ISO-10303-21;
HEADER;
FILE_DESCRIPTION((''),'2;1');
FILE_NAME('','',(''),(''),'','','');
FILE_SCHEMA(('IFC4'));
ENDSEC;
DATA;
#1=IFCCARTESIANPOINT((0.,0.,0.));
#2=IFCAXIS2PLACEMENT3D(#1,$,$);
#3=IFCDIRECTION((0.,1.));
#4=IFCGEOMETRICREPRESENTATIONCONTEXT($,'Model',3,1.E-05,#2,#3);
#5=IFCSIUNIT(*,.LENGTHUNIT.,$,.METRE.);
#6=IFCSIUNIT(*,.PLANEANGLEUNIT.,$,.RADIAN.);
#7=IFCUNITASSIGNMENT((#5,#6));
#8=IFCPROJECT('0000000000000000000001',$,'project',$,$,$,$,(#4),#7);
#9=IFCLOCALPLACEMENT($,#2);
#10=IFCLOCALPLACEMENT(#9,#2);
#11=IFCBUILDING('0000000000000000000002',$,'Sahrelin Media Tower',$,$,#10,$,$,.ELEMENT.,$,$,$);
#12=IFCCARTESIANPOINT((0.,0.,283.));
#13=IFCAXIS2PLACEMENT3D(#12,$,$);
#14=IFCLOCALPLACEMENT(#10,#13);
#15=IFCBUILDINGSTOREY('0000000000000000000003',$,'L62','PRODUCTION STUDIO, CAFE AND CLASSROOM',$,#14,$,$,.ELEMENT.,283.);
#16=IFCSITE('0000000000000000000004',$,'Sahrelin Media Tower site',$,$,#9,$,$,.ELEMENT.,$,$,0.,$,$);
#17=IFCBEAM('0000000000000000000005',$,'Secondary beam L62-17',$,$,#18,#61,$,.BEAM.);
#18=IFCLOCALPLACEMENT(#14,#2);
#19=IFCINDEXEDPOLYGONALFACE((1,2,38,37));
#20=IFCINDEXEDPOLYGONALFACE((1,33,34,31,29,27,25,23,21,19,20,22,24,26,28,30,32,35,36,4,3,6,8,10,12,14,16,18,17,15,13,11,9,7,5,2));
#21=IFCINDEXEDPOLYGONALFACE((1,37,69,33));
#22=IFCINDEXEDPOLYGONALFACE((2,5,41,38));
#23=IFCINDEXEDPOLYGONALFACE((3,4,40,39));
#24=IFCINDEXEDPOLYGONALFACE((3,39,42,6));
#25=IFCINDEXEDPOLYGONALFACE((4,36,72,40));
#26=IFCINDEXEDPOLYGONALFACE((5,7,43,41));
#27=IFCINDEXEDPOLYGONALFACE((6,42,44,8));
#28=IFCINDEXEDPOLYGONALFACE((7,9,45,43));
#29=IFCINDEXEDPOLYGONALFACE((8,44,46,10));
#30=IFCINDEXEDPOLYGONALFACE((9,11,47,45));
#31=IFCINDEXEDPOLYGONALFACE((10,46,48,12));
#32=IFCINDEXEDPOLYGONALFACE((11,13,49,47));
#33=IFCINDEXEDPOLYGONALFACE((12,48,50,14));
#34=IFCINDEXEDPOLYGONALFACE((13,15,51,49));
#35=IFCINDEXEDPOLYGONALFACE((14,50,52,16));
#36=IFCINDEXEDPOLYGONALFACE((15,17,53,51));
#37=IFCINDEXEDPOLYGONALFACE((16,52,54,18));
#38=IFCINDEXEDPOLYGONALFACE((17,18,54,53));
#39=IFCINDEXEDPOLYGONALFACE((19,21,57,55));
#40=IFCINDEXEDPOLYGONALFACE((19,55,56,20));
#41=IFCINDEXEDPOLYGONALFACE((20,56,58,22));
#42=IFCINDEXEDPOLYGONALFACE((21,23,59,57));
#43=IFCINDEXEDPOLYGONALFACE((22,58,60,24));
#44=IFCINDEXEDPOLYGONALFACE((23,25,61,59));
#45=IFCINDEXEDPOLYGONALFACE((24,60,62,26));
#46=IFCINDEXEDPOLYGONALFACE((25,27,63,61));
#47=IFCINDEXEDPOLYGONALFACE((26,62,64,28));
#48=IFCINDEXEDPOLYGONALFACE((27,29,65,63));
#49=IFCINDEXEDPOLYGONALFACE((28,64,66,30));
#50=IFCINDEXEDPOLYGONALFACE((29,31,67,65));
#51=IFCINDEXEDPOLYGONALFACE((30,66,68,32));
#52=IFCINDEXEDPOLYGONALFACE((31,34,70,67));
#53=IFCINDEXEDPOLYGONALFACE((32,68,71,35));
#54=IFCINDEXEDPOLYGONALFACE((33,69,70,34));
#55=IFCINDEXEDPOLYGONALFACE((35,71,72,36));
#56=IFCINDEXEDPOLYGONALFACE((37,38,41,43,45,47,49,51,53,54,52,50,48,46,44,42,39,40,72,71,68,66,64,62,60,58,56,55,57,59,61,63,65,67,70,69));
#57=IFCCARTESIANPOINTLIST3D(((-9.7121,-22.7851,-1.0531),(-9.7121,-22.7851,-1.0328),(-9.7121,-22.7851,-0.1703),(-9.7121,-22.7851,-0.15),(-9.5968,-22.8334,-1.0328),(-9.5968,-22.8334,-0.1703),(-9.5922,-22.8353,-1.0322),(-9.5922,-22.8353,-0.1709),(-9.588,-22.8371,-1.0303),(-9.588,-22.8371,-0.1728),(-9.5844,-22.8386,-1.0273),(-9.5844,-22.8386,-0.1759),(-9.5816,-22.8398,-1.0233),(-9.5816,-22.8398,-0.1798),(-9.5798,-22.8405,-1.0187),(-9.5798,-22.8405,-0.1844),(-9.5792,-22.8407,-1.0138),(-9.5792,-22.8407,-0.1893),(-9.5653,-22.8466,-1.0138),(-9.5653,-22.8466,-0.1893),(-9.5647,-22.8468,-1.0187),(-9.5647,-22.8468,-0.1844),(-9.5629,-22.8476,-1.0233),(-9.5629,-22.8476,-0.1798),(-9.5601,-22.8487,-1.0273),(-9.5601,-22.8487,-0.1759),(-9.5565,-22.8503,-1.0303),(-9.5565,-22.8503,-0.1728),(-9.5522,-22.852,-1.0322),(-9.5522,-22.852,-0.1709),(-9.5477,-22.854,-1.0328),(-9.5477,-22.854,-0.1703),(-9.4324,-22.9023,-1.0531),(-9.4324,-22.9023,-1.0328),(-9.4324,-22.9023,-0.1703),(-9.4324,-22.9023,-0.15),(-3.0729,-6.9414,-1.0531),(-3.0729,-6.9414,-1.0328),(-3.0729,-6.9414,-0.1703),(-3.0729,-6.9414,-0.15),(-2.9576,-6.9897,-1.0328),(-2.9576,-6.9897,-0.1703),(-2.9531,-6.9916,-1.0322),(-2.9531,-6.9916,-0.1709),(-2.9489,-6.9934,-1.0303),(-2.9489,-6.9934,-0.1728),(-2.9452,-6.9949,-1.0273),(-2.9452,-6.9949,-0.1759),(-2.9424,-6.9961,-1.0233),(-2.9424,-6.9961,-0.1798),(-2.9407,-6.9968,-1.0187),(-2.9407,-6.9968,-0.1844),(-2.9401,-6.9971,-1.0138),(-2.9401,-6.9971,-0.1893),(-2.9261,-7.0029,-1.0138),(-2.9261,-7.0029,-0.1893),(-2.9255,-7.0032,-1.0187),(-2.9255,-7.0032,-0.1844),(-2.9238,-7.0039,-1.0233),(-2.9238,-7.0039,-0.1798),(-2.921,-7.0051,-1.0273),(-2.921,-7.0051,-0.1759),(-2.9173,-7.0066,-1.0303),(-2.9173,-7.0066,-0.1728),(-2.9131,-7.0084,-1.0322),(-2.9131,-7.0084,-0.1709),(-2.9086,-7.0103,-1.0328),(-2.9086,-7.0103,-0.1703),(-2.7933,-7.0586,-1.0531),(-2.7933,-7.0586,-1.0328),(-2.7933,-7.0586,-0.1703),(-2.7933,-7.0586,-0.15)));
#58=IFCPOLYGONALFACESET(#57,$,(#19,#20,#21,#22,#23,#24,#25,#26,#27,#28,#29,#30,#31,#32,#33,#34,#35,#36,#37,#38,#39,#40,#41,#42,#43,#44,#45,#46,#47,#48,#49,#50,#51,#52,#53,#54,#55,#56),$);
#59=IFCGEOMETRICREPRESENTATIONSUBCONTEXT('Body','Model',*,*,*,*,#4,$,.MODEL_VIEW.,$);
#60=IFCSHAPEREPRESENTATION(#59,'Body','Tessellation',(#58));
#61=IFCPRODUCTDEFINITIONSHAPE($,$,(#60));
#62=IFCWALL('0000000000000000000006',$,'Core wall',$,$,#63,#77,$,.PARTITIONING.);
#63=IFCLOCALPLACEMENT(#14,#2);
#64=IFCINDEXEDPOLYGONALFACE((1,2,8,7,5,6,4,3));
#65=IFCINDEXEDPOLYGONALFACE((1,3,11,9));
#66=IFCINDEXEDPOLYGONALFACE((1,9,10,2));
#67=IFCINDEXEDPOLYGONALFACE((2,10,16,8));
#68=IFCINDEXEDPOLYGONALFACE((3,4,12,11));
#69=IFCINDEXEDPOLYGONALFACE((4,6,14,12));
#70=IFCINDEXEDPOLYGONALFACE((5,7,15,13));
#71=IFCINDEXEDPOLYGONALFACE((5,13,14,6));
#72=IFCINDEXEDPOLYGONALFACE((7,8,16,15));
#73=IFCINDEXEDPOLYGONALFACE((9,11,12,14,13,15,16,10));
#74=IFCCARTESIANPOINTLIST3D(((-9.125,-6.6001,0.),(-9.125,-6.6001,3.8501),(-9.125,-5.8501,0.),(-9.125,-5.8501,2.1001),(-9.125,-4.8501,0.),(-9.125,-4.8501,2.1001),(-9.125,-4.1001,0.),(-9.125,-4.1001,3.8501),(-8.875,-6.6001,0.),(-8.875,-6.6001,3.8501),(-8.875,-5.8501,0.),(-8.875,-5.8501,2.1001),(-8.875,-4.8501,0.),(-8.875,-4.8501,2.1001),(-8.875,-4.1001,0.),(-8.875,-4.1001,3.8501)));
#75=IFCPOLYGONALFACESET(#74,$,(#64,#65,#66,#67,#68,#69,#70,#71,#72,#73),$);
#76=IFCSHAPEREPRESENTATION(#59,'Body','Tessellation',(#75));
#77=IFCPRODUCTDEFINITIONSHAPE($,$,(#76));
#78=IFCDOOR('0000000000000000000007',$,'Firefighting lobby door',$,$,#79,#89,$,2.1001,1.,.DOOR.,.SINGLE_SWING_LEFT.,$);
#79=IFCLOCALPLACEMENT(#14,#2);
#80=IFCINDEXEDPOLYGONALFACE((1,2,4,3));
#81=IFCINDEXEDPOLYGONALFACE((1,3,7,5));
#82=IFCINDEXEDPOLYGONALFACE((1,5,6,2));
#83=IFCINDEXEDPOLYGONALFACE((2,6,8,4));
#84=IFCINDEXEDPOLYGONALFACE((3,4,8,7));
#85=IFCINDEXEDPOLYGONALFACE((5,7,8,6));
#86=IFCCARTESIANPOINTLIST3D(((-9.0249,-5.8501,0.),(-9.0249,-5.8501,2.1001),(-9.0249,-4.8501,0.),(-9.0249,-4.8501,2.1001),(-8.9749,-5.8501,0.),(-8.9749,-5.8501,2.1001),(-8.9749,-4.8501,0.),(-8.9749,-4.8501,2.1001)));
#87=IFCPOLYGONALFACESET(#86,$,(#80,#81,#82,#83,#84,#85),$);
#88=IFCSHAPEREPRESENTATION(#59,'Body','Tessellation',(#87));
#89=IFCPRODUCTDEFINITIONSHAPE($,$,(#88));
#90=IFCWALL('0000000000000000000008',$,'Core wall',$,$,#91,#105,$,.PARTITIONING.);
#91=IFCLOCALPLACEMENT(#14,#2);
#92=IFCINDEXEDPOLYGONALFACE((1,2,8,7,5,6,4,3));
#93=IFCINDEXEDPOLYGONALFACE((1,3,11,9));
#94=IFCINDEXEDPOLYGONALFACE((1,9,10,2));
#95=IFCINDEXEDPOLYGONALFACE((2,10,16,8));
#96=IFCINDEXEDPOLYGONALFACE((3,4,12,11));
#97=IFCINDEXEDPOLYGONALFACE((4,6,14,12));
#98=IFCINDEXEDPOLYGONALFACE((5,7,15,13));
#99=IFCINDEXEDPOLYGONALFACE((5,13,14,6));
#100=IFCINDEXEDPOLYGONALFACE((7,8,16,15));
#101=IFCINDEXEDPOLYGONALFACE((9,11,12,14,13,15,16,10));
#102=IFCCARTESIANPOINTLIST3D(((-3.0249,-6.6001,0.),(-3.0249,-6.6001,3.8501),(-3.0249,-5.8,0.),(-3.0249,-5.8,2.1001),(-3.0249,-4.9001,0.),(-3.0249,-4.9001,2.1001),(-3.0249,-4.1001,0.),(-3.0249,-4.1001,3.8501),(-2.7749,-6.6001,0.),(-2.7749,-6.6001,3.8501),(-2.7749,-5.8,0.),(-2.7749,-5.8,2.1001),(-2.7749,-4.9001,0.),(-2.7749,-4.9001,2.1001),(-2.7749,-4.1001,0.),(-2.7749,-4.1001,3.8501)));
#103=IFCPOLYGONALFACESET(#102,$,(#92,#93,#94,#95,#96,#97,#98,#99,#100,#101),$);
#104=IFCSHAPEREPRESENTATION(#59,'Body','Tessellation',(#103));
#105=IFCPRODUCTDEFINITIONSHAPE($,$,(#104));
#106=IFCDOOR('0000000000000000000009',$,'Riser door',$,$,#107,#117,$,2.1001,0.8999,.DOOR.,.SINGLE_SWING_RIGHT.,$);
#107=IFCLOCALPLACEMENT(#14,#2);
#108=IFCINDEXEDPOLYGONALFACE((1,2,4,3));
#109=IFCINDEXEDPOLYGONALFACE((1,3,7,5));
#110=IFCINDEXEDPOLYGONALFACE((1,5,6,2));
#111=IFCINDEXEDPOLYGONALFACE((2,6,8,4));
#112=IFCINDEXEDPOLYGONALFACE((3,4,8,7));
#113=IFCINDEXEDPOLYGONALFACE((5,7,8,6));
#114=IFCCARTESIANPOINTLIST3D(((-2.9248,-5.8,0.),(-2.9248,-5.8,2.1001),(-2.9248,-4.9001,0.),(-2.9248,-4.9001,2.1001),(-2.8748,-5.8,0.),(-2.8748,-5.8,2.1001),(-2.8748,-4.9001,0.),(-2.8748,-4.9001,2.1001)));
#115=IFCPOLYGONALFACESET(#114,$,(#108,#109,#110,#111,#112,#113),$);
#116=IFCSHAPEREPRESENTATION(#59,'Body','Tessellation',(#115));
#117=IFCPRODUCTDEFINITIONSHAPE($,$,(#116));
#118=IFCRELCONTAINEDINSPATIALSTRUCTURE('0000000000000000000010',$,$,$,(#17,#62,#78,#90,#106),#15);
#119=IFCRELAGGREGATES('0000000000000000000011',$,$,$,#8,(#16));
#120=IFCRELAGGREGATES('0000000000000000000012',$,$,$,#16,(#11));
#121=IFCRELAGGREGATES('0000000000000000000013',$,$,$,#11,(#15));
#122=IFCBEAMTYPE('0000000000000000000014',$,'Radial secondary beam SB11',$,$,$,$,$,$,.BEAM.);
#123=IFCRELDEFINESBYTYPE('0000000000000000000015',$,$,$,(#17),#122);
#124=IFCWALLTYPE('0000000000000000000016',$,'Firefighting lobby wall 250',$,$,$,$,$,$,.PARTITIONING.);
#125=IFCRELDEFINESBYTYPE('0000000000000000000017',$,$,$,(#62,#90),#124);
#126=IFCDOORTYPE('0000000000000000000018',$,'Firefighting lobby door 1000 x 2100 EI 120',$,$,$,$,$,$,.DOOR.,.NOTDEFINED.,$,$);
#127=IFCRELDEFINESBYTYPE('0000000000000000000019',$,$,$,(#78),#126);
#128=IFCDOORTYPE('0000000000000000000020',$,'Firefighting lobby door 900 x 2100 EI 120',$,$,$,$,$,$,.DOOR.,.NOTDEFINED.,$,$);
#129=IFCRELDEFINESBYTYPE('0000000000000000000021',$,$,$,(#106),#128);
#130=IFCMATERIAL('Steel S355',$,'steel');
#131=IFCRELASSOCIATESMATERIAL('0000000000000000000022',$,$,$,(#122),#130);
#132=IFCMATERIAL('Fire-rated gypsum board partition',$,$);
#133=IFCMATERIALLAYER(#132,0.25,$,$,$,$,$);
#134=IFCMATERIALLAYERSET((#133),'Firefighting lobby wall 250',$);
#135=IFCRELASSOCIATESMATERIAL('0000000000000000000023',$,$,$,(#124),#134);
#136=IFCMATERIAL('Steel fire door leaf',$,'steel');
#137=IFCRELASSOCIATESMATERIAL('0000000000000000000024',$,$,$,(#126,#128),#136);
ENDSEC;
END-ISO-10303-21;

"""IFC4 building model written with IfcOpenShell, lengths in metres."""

from ifc_helpers import new_model, si_unit, direction, frame, frame_2d, origin, origin_2d, place, context, subcontext, project, spatial, rectangle, i_section, extrude, material, layer, layer_set, material_profile, profile_set, type_object, element, fill, save


model = new_model("IFC4")

# Units and contexts
model_context = context("Model", 3, precision=1e-05, world=origin(), true_north=direction((0.0, 1.0)))
body_context = subcontext(model_context, "Body", "Model", "MODEL_VIEW")
ifc_project = project(units=[si_unit("LENGTHUNIT", "METRE"), si_unit("PLANEANGLEUNIT", "RADIAN")], contexts=[model_context])

# Site, building, storey
site_placement = place(None, origin())
site = spatial("IfcSite", under=ifc_project, at=site_placement, Name="Sahrelin Media Tower site", CompositionType="ELEMENT", RefElevation=0.0)
building_placement = place(site_placement, origin())
building = spatial("IfcBuilding", under=site, at=building_placement, Name="Sahrelin Media Tower", CompositionType="ELEMENT")
storey_placement = place(building_placement, frame((0.0, 0.0, 283.0)))
storey = spatial("IfcBuildingStorey", under=building, at=storey_placement, Name="L62", Description="PRODUCTION STUDIO, CAFE AND CLASSROOM", CompositionType="ELEMENT", Elevation=283.0)

# Beam
ifc_material_1 = material(Name="Steel S355", Category="steel")
ifc_material_profile_1 = material_profile(ifc_material_1, i_section(OverallWidth=0.3032, OverallDepth=0.9031, WebThickness=0.0151, FlangeThickness=0.0203, FilletRadius=0.019, at=origin_2d()), Name="UB 914x305x201")
ifc_profile_set_1 = profile_set([ifc_material_profile_1], Name="Steel S355")
beam_type_1 = type_object("IfcBeamType", Name="Radial secondary beam SB11", PredefinedType="BEAM", material=ifc_profile_set_1)
beam_1_placement = place(storey_placement, frame((-2.9331, -7.0, -0.6016), z_axis=(-0.386479, -0.922298, 0.0), x_axis=(0.922298, -0.386479, 0.0)))
element("IfcBeam", 1, at=beam_1_placement, inside=storey, type_object=beam_type_1, Name="Secondary beam L62-17", PredefinedType="BEAM", context=body_context, shape_type="SweptSolid", body=[
    extrude(i_section(OverallWidth=0.3032, OverallDepth=0.9031, WebThickness=0.0151, FlangeThickness=0.0203, FilletRadius=0.019, at=origin_2d()), origin(), (0.0, 0.0, 1.0), 17.1785),
])

# Walls, openings, doors
ifc_material_2 = material(Name="Fire-rated gypsum board partition")
ifc_layer_1 = layer(ifc_material_2, 0.25)
ifc_layer_set_1 = layer_set([ifc_layer_1], Name="Firefighting lobby wall 250")
wall_type_1 = type_object("IfcWallType", Name="Firefighting lobby wall 250", PredefinedType="PARTITIONING", material=ifc_layer_set_1)
wall_1_placement = place(storey_placement, frame((-9.0, -6.6001, 0.0), z_axis=(0.0, 0.0, 1.0), x_axis=(0.0, 1.0, 0.0)))
wall_1 = element("IfcWall", 2, at=wall_1_placement, inside=storey, type_object=wall_type_1, Name="Core wall", PredefinedType="PARTITIONING", context=body_context, shape_type="SweptSolid", body=[
    extrude(rectangle(XDim=2.5, YDim=0.25, at=frame_2d((1.25, 0.0))), origin(), (0.0, 0.0, 1.0), 3.8501),
])
opening_1_placement = place(wall_1_placement, frame((0.75, 0.0, 0.0)))
opening_1 = element("IfcOpeningElement", 3, at=opening_1_placement, cuts=wall_1, PredefinedType="OPENING", context=body_context, shape_type="SweptSolid", body=[
    extrude(rectangle(XDim=1.0, YDim=2.1001, at=frame_2d((0.5, 1.05))), frame((0.0, 0.125, 0.0), z_axis=(0.0, -1.0, 0.0), x_axis=(1.0, 0.0, 0.0)), (0.0, 0.0, 1.0), 0.25),
])
ifc_material_3 = material(Name="Steel fire door leaf", Category="steel")
door_type_1 = type_object("IfcDoorType", Name="Firefighting lobby door 1000 x 2100 EI 120", OperationType="NOTDEFINED", PredefinedType="DOOR", material=ifc_material_3)
door_1_placement = place(opening_1_placement, origin())
door_1 = element("IfcDoor", 4, at=door_1_placement, inside=storey, type_object=door_type_1, Name="Firefighting lobby door", OperationType="SINGLE_SWING_LEFT", OverallHeight=2.1001, OverallWidth=1.0, PredefinedType="DOOR", context=body_context, shape_type="SweptSolid", body=[
    extrude(rectangle(XDim=1.0, YDim=2.1001, at=frame_2d((0.5, 1.05))), frame((0.0, 0.0249, 0.0), z_axis=(0.0, -1.0, 0.0), x_axis=(1.0, 0.0, 0.0)), (0.0, 0.0, 1.0), 0.05),
])
fill(opening_1, door_1)
wall_2_placement = place(storey_placement, frame((-2.8999, -6.6001, 0.0), z_axis=(0.0, 0.0, 1.0), x_axis=(0.0, 1.0, 0.0)))
wall_2 = element("IfcWall", 5, at=wall_2_placement, inside=storey, type_object=wall_type_1, Name="Core wall", PredefinedType="PARTITIONING", context=body_context, shape_type="SweptSolid", body=[
    extrude(rectangle(XDim=2.5, YDim=0.25, at=frame_2d((1.25, 0.0))), origin(), (0.0, 0.0, 1.0), 3.8501),
])
opening_2_placement = place(wall_2_placement, frame((0.8, 0.0, 0.0)))
opening_2 = element("IfcOpeningElement", 6, at=opening_2_placement, cuts=wall_2, PredefinedType="OPENING", context=body_context, shape_type="SweptSolid", body=[
    extrude(rectangle(XDim=0.8999, YDim=2.1001, at=frame_2d((0.45, 1.05))), frame((0.0, 0.125, 0.0), z_axis=(0.0, -1.0, 0.0), x_axis=(1.0, 0.0, 0.0)), (0.0, 0.0, 1.0), 0.25),
])
door_type_2 = type_object("IfcDoorType", Name="Firefighting lobby door 900 x 2100 EI 120", OperationType="NOTDEFINED", PredefinedType="DOOR", material=ifc_material_3)
door_2_placement = place(opening_2_placement, origin())
door_2 = element("IfcDoor", 7, at=door_2_placement, inside=storey, type_object=door_type_2, Name="Riser door", OperationType="SINGLE_SWING_RIGHT", OverallHeight=2.1001, OverallWidth=0.8999, PredefinedType="DOOR", context=body_context, shape_type="SweptSolid", body=[
    extrude(rectangle(XDim=0.8999, YDim=2.1001, at=frame_2d((0.45, 1.05))), frame((0.0, 0.0249, 0.0), z_axis=(0.0, -1.0, 0.0), x_axis=(1.0, 0.0, 0.0)), (0.0, 0.0, 1.0), 0.05),
])
fill(opening_2, door_2)

save(model, "model.ifc")
